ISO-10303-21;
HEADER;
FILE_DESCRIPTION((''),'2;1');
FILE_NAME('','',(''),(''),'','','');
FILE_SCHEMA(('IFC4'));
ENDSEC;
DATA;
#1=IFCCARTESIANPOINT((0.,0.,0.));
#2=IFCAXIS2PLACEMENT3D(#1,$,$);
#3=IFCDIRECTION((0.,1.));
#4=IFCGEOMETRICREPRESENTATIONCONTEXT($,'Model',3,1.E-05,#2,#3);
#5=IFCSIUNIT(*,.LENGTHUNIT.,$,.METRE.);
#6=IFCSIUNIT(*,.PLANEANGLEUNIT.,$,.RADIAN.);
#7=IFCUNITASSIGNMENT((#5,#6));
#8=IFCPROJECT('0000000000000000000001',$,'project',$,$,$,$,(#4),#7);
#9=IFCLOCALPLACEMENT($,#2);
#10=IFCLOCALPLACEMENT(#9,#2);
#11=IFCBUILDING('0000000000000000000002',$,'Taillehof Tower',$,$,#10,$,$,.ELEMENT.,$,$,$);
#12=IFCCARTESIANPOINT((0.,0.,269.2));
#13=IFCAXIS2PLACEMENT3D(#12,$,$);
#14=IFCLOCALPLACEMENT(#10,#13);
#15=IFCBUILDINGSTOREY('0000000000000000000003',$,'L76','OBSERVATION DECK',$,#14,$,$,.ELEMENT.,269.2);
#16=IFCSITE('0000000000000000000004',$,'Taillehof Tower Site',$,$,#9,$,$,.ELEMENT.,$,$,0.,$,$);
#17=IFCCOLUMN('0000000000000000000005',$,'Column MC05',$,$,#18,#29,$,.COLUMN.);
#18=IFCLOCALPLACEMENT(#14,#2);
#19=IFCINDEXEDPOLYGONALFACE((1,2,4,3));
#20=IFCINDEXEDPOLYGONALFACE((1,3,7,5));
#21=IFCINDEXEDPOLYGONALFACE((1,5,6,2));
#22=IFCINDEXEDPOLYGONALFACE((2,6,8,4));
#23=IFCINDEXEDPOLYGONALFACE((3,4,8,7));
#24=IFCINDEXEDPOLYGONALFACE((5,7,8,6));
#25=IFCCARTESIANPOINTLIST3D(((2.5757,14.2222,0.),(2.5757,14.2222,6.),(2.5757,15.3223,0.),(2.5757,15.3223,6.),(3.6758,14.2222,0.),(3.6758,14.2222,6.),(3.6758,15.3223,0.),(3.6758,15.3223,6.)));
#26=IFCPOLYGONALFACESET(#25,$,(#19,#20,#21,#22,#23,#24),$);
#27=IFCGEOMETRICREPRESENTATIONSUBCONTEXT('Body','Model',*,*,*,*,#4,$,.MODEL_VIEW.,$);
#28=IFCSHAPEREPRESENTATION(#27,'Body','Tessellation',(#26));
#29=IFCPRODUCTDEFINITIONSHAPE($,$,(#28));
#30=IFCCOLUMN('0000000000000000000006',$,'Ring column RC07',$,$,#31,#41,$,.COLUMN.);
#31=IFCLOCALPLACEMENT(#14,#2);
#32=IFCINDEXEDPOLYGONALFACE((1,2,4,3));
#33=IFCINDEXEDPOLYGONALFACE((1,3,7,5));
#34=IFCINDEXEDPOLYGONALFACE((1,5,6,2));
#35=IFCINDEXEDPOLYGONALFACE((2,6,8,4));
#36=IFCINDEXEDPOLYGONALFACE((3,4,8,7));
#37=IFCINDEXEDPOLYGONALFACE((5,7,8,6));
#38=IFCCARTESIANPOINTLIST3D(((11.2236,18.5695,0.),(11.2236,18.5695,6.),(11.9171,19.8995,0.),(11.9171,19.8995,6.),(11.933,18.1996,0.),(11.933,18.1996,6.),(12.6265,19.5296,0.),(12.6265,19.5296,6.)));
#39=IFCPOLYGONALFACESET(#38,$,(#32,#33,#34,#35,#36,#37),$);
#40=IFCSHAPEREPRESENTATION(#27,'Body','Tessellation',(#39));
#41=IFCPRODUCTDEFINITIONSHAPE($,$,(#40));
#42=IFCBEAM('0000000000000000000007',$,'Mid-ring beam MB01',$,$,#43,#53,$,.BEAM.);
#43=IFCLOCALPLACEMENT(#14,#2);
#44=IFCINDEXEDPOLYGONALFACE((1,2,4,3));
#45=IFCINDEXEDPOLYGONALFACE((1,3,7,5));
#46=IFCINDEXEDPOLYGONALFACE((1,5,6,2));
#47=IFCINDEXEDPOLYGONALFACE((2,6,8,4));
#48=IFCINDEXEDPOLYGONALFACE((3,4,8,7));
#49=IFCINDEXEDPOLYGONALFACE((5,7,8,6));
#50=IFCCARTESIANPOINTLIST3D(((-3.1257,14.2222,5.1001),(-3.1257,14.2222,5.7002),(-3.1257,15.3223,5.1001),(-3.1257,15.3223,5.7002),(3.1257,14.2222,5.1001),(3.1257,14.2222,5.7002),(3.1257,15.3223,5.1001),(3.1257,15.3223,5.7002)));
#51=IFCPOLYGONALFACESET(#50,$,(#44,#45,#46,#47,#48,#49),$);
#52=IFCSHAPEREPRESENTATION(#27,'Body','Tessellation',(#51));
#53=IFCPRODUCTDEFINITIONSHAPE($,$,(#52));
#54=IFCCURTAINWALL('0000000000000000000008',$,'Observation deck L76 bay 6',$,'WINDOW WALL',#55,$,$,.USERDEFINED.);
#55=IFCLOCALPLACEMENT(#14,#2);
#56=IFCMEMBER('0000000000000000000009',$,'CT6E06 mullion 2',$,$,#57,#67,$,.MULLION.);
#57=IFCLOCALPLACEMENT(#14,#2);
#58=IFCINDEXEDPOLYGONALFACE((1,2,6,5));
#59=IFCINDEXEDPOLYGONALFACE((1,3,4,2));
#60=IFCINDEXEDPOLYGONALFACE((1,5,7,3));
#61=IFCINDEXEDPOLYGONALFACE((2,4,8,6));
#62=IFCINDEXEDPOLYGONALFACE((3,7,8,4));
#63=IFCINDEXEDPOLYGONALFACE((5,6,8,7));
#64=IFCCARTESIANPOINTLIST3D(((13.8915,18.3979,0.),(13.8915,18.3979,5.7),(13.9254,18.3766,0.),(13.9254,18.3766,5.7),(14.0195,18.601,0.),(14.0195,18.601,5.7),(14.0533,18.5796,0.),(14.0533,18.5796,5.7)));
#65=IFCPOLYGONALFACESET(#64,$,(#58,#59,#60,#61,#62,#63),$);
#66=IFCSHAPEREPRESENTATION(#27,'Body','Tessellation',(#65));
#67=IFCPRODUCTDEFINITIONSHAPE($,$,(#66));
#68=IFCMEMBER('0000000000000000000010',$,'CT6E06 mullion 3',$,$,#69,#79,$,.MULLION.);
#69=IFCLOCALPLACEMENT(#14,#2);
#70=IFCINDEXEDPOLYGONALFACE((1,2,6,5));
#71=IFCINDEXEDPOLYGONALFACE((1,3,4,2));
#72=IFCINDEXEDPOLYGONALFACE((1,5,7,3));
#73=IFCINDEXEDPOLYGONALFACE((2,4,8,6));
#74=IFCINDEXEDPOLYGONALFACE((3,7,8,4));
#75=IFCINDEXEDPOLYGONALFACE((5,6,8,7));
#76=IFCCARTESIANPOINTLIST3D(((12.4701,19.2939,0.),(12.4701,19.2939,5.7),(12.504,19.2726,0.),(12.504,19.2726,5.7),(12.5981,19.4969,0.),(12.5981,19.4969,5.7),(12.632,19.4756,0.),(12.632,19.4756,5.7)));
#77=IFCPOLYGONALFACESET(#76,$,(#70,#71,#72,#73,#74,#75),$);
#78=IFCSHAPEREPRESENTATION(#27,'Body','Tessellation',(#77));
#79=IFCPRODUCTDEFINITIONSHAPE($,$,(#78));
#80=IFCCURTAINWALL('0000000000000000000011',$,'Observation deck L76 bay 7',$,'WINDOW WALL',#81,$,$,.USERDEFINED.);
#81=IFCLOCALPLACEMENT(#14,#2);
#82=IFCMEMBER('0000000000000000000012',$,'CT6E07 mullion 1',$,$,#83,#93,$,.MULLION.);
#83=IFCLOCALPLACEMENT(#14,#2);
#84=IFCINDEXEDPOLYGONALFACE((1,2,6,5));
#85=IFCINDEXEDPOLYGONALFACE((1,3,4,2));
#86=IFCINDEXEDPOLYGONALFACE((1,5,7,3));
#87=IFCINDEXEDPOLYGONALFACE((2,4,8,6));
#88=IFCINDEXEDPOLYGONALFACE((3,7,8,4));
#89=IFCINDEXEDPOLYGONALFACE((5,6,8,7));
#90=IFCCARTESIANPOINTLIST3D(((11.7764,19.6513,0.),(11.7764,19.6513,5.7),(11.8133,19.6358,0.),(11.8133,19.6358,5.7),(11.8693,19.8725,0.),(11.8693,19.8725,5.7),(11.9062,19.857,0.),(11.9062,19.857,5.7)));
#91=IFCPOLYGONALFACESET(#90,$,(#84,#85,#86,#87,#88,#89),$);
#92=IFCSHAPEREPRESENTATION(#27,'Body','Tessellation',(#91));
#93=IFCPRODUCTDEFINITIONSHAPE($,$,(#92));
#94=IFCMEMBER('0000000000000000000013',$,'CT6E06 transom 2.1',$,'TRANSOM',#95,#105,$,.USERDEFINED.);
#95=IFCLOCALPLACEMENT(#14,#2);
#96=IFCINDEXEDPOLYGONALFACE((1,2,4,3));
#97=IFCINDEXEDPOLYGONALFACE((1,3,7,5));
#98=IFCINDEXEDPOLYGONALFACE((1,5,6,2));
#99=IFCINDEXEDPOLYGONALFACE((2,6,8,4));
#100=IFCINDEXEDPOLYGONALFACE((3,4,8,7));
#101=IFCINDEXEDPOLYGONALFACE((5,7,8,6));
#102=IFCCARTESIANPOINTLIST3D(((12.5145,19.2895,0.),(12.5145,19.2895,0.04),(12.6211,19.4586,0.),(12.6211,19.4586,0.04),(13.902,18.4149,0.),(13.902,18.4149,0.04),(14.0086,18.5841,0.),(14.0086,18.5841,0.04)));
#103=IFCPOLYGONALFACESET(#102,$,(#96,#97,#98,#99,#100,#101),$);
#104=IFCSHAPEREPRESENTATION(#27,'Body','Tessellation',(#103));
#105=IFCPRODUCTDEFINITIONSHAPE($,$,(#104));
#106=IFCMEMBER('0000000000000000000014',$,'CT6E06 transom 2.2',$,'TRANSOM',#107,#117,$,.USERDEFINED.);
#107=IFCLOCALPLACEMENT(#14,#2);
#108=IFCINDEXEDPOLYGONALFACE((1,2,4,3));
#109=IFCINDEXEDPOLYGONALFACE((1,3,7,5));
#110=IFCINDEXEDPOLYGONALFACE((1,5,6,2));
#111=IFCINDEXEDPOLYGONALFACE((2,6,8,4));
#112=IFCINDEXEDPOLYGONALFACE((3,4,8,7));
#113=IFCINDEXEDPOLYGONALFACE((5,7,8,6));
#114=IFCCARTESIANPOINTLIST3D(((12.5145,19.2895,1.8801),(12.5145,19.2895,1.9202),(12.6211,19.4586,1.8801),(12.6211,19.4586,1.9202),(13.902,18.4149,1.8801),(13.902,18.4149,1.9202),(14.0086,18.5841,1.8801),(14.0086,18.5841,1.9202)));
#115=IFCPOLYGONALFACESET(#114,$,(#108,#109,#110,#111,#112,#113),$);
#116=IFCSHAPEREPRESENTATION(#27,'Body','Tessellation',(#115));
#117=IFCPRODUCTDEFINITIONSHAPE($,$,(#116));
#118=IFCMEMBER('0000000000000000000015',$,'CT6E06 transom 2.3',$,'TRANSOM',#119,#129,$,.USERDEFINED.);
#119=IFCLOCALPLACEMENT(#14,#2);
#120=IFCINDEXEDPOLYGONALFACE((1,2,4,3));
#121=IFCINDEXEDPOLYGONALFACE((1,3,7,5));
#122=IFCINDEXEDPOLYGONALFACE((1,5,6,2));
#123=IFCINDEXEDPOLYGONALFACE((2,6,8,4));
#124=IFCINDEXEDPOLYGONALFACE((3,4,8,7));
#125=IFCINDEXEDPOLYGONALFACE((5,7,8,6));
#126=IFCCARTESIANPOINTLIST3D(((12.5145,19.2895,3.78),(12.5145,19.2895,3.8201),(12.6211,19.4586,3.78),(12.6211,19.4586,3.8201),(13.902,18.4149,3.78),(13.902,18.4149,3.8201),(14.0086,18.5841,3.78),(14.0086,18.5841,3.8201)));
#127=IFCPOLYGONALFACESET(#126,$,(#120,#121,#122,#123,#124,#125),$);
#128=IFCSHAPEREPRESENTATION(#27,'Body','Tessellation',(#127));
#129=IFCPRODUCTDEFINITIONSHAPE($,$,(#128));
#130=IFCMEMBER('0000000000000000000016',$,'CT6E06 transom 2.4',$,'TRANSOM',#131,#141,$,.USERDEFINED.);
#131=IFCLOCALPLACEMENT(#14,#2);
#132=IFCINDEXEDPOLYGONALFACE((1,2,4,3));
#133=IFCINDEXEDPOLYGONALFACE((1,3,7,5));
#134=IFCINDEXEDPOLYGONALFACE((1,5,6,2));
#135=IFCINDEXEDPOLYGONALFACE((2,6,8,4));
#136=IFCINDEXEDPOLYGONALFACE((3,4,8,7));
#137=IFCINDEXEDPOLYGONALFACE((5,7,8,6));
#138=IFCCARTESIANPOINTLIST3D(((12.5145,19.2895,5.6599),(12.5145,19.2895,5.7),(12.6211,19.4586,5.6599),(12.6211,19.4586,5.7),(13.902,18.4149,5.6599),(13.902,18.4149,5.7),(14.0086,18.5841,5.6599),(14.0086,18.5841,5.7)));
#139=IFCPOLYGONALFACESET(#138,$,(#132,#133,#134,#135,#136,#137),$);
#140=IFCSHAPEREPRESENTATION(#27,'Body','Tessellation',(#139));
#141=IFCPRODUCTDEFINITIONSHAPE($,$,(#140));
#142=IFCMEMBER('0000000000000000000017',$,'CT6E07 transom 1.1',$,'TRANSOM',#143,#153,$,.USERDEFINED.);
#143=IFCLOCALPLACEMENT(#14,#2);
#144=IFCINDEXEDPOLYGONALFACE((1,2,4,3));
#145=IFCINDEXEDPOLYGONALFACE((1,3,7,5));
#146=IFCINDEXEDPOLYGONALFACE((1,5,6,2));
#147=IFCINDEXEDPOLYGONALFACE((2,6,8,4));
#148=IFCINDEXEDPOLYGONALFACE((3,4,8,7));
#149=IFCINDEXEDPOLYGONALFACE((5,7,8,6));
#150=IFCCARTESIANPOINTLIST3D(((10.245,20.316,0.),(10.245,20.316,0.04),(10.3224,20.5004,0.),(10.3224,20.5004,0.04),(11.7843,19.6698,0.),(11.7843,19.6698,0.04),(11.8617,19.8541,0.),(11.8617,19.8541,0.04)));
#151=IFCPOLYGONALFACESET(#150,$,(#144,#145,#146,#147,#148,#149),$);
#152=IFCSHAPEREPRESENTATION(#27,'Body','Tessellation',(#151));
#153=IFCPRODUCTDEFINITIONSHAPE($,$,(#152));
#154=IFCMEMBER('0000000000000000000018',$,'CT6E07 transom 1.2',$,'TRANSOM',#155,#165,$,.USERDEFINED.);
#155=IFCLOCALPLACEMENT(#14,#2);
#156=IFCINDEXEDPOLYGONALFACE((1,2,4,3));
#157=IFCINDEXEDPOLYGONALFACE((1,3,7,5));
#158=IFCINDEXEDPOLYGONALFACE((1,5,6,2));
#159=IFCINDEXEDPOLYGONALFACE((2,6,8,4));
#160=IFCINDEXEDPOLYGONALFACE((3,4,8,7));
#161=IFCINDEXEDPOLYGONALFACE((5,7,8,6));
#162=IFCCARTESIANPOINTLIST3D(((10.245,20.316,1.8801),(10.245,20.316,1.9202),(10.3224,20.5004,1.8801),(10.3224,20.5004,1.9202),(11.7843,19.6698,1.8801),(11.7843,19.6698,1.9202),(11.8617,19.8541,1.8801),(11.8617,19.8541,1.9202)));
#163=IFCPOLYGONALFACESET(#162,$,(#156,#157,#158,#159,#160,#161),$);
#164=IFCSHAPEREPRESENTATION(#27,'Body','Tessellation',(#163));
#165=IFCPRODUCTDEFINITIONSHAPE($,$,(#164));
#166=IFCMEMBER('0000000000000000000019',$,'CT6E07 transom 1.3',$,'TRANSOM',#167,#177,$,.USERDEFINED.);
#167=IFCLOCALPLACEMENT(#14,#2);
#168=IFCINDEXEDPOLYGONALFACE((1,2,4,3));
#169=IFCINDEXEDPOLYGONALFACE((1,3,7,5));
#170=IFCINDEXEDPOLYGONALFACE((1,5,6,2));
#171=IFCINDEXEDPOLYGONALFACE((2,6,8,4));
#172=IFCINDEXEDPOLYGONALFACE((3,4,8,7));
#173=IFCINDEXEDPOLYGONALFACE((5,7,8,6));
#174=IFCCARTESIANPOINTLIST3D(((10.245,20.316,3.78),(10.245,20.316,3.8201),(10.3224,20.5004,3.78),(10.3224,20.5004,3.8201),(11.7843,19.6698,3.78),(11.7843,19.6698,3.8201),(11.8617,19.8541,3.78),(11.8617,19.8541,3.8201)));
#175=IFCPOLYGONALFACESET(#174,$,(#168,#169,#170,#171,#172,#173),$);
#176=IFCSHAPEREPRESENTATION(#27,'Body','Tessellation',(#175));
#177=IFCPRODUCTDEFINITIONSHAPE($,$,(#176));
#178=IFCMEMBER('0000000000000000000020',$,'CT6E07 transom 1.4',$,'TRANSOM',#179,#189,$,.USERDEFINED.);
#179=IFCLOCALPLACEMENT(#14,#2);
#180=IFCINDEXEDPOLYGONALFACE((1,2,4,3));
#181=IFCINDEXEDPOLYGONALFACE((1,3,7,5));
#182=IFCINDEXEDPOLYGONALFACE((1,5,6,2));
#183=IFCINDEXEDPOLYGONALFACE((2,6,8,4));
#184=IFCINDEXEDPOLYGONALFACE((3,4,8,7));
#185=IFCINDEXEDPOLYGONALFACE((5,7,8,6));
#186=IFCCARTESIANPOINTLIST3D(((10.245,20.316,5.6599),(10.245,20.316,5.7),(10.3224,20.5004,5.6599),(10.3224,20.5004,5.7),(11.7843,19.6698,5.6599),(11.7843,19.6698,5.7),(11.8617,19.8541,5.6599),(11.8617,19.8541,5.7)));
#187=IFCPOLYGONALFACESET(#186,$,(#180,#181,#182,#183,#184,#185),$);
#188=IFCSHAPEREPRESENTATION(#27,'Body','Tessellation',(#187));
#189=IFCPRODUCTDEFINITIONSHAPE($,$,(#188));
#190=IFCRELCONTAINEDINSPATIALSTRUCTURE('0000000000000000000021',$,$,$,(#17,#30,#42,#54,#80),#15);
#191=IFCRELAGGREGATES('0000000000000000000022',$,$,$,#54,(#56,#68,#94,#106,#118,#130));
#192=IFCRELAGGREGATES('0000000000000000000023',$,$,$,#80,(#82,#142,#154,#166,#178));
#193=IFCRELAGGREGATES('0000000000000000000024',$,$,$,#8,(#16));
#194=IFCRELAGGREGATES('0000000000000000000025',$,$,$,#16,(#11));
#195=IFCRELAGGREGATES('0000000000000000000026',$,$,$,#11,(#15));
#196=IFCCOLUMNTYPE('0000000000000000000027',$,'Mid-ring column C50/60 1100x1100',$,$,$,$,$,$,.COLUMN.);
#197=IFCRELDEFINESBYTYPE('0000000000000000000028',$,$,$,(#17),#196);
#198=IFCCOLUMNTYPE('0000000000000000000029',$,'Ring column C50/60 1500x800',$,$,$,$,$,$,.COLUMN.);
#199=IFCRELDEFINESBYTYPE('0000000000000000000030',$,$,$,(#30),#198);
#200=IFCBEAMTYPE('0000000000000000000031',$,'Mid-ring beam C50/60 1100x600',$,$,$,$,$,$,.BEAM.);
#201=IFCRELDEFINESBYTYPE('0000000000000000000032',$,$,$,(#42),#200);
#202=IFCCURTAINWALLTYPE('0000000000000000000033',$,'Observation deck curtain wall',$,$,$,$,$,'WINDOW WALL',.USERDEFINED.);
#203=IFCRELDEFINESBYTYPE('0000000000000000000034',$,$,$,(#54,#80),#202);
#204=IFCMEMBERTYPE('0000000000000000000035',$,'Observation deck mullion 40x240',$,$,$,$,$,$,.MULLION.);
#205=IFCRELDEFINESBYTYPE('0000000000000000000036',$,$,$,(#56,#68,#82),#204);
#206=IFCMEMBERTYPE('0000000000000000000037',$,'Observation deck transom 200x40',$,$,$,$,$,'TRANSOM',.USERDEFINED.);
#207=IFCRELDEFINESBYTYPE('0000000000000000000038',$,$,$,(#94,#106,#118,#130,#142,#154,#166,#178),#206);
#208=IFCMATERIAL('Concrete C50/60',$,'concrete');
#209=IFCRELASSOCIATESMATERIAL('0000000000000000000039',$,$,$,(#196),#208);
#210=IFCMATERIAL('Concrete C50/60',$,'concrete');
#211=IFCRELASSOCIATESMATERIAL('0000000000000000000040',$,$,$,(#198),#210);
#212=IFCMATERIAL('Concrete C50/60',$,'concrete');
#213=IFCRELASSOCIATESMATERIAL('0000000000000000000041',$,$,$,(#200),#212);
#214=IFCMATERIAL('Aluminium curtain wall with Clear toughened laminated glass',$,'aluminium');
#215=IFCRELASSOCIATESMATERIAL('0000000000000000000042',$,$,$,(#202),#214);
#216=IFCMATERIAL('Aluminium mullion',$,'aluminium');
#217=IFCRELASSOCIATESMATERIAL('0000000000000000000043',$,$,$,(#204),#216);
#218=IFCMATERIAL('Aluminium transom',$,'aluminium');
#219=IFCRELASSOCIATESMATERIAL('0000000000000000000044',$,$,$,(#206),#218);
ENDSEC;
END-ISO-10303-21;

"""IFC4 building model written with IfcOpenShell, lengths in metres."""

from ifc_helpers import new_model, si_unit, direction, frame, origin, origin_2d, place, context, subcontext, project, spatial, rectangle, extrude, material, material_profile, profile_set, type_object, element, aggregate, save


model = new_model("IFC4")

# Units and contexts
model_context = context("Model", 3, precision=1e-05, world=origin(), true_north=direction((0.0, 1.0)))
body_context = subcontext(model_context, "Body", "Model", "MODEL_VIEW")
ifc_project = project(units=[si_unit("LENGTHUNIT", "METRE"), si_unit("PLANEANGLEUNIT", "RADIAN")], contexts=[model_context])

# Site, building, storey
site_placement = place(None, origin())
site = spatial("IfcSite", under=ifc_project, at=site_placement, Name="Taillehof Tower Site", CompositionType="ELEMENT", RefElevation=0.0)
building_placement = place(site_placement, origin())
building = spatial("IfcBuilding", under=site, at=building_placement, Name="Taillehof Tower", CompositionType="ELEMENT")
storey_placement = place(building_placement, frame((0.0, 0.0, 269.2)))
storey = spatial("IfcBuildingStorey", under=building, at=storey_placement, Name="L76", Description="OBSERVATION DECK", CompositionType="ELEMENT", Elevation=269.2)

# Columns
ifc_material_1 = material(Name="Concrete C50/60", Category="concrete")
ifc_material_profile_1 = material_profile(ifc_material_1, rectangle(XDim=1.1001, YDim=1.1001, at=origin_2d()), Name="RC 1100x1100")
ifc_profile_set_1 = profile_set([ifc_material_profile_1], Name="Concrete C50/60")
column_type_1 = type_object("IfcColumnType", Name="Mid-ring column C50/60 1100x1100", PredefinedType="COLUMN", material=ifc_profile_set_1)
column_1_placement = place(storey_placement, frame((3.1257, 14.7722, 0.0), z_axis=(0.0, 0.0, 1.0), x_axis=(1.0, 0.0, 0.0)))
element("IfcColumn", 1, at=column_1_placement, inside=storey, type_object=column_type_1, Name="Column MC05", PredefinedType="COLUMN", context=body_context, shape_type="SweptSolid", body=[
    extrude(rectangle(XDim=1.1001, YDim=1.1001, at=origin_2d()), origin(), (0.0, 0.0, 1.0), 6.0),
])
ifc_material_2 = material(Name="Concrete C50/60", Category="concrete")
ifc_material_profile_2 = material_profile(ifc_material_2, rectangle(XDim=1.5, YDim=0.8, at=origin_2d()), Name="RC 1500x800")
ifc_profile_set_2 = profile_set([ifc_material_profile_2], Name="Concrete C50/60")
column_type_2 = type_object("IfcColumnType", Name="Ring column C50/60 1500x800", PredefinedType="COLUMN", material=ifc_profile_set_2)
column_2_placement = place(storey_placement, frame((11.925, 19.0496, 0.0), z_axis=(0.0, 0.0, 1.0), x_axis=(0.462384, 0.88668, 0.0)))
element("IfcColumn", 2, at=column_2_placement, inside=storey, type_object=column_type_2, Name="Ring column RC07", PredefinedType="COLUMN", context=body_context, shape_type="SweptSolid", body=[
    extrude(rectangle(XDim=1.5, YDim=0.8, at=origin_2d()), origin(), (0.0, 0.0, 1.0), 6.0),
])

# Beam
ifc_material_3 = material(Name="Concrete C50/60", Category="concrete")
ifc_material_profile_3 = material_profile(ifc_material_3, rectangle(XDim=1.1001, YDim=0.6001, at=origin_2d()), Name="RC 1100x600")
ifc_profile_set_3 = profile_set([ifc_material_profile_3], Name="Concrete C50/60")
beam_type_1 = type_object("IfcBeamType", Name="Mid-ring beam C50/60 1100x600", PredefinedType="BEAM", material=ifc_profile_set_3)
beam_1_placement = place(storey_placement, frame((3.1257, 14.7722, 5.4001), z_axis=(-1.0, 0.0, 0.0), x_axis=(0.0, -1.0, 0.0)))
element("IfcBeam", 3, at=beam_1_placement, inside=storey, type_object=beam_type_1, Name="Mid-ring beam MB01", PredefinedType="BEAM", context=body_context, shape_type="SweptSolid", body=[
    extrude(rectangle(XDim=1.1001, YDim=0.6001, at=origin_2d()), origin(), (0.0, 0.0, 1.0), 6.2515),
])

# Curtain wall, members
ifc_material_4 = material(Name="Aluminium curtain wall with Clear toughened laminated glass", Category="aluminium")
curtain_wall_type = type_object("IfcCurtainWallType", Name="Observation deck curtain wall", ElementType="WINDOW WALL", PredefinedType="USERDEFINED", material=ifc_material_4)
curtain_wall_1_placement = place(storey_placement, origin())
curtain_wall_1 = element("IfcCurtainWall", 4, at=curtain_wall_1_placement, inside=storey, type_object=curtain_wall_type, Name="Observation deck L76 bay 6", ObjectType="WINDOW WALL", PredefinedType="USERDEFINED")
ifc_material_5 = material(Name="Aluminium mullion", Category="aluminium")
ifc_material_profile_4 = material_profile(ifc_material_5, rectangle(XDim=0.24, YDim=0.04, at=origin_2d()), Name="AL 40x240")
ifc_profile_set_4 = profile_set([ifc_material_profile_4], Name="Aluminium mullion")
member_type_1 = type_object("IfcMemberType", Name="Observation deck mullion 40x240", PredefinedType="MULLION", material=ifc_profile_set_4)
member_1_placement = place(storey_placement, frame((13.9724, 18.4888, 0.0), z_axis=(0.0, 0.0, 1.0), x_axis=(-0.533294, -0.84593, 0.0)))
member_1 = element("IfcMember", 5, at=member_1_placement, type_object=member_type_1, Name="CT6E06 mullion 2", PredefinedType="MULLION", context=body_context, shape_type="SweptSolid", body=[
    extrude(rectangle(XDim=0.24, YDim=0.04, at=origin_2d()), origin(), (0.0, 0.0, 1.0), 5.7),
])
member_2_placement = place(storey_placement, frame((12.551, 19.3848, 0.0), z_axis=(0.0, 0.0, 1.0), x_axis=(-0.533294, -0.84593, 0.0)))
member_2 = element("IfcMember", 6, at=member_2_placement, type_object=member_type_1, Name="CT6E06 mullion 3", PredefinedType="MULLION", context=body_context, shape_type="SweptSolid", body=[
    extrude(rectangle(XDim=0.24, YDim=0.04, at=origin_2d()), origin(), (0.0, 0.0, 1.0), 5.7),
])

# Curtain wall, member
curtain_wall_2_placement = place(storey_placement, origin())
curtain_wall_2 = element("IfcCurtainWall", 7, at=curtain_wall_2_placement, inside=storey, type_object=curtain_wall_type, Name="Observation deck L76 bay 7", ObjectType="WINDOW WALL", PredefinedType="USERDEFINED")
member_3_placement = place(storey_placement, frame((11.8413, 19.7542, 0.0), z_axis=(0.0, 0.0, 1.0), x_axis=(-0.387101, -0.922037, 0.0)))
member_3 = element("IfcMember", 8, at=member_3_placement, type_object=member_type_1, Name="CT6E07 mullion 1", PredefinedType="MULLION", context=body_context, shape_type="SweptSolid", body=[
    extrude(rectangle(XDim=0.24, YDim=0.04, at=origin_2d()), origin(), (0.0, 0.0, 1.0), 5.7),
])

# Members
ifc_material_6 = material(Name="Aluminium transom", Category="aluminium")
ifc_material_profile_5 = material_profile(ifc_material_6, rectangle(XDim=0.2, YDim=0.04, at=origin_2d()), Name="AL 200x40")
ifc_profile_set_5 = profile_set([ifc_material_profile_5], Name="Aluminium transom")
member_type_2 = type_object("IfcMemberType", Name="Observation deck transom 200x40", ElementType="TRANSOM", PredefinedType="USERDEFINED", material=ifc_profile_set_5)
member_4_placement = place(storey_placement, frame((13.9553, 18.4995, 0.02), z_axis=(-0.845977, 0.53322, 0.0), x_axis=(-0.53322, -0.845977, 0.0)))
member_4 = element("IfcMember", 9, at=member_4_placement, type_object=member_type_2, Name="CT6E06 transom 2.1", ObjectType="TRANSOM", PredefinedType="USERDEFINED", context=body_context, shape_type="SweptSolid", body=[
    extrude(rectangle(XDim=0.2, YDim=0.04, at=origin_2d()), origin(), (0.0, 0.0, 1.0), 1.6401),
])
member_5_placement = place(storey_placement, frame((13.9553, 18.4995, 1.9001), z_axis=(-0.845977, 0.53322, 0.0), x_axis=(-0.53322, -0.845977, 0.0)))
member_5 = element("IfcMember", 10, at=member_5_placement, type_object=member_type_2, Name="CT6E06 transom 2.2", ObjectType="TRANSOM", PredefinedType="USERDEFINED", context=body_context, shape_type="SweptSolid", body=[
    extrude(rectangle(XDim=0.2, YDim=0.04, at=origin_2d()), origin(), (0.0, 0.0, 1.0), 1.6401),
])
member_6_placement = place(storey_placement, frame((13.9553, 18.4995, 3.8), z_axis=(-0.845977, 0.53322, 0.0), x_axis=(-0.53322, -0.845977, 0.0)))
member_6 = element("IfcMember", 11, at=member_6_placement, type_object=member_type_2, Name="CT6E06 transom 2.3", ObjectType="TRANSOM", PredefinedType="USERDEFINED", context=body_context, shape_type="SweptSolid", body=[
    extrude(rectangle(XDim=0.2, YDim=0.04, at=origin_2d()), origin(), (0.0, 0.0, 1.0), 1.6401),
])
member_7_placement = place(storey_placement, frame((13.9553, 18.4995, 5.6799), z_axis=(-0.845977, 0.53322, 0.0), x_axis=(-0.53322, -0.845977, 0.0)))
member_7 = element("IfcMember", 12, at=member_7_placement, type_object=member_type_2, Name="CT6E06 transom 2.4", ObjectType="TRANSOM", PredefinedType="USERDEFINED", context=body_context, shape_type="SweptSolid", body=[
    extrude(rectangle(XDim=0.2, YDim=0.04, at=origin_2d()), origin(), (0.0, 0.0, 1.0), 1.6401),
])
member_8_placement = place(storey_placement, frame((11.823, 19.762, 0.02), z_axis=(-0.92204, 0.387096, 0.0), x_axis=(-0.387096, -0.92204, 0.0)))
member_8 = element("IfcMember", 13, at=member_8_placement, type_object=member_type_2, Name="CT6E07 transom 1.1", ObjectType="TRANSOM", PredefinedType="USERDEFINED", context=body_context, shape_type="SweptSolid", body=[
    extrude(rectangle(XDim=0.2, YDim=0.04, at=origin_2d()), origin(), (0.0, 0.0, 1.0), 1.6694),
])
member_9_placement = place(storey_placement, frame((11.823, 19.762, 1.9001), z_axis=(-0.92204, 0.387096, 0.0), x_axis=(-0.387096, -0.92204, 0.0)))
member_9 = element("IfcMember", 14, at=member_9_placement, type_object=member_type_2, Name="CT6E07 transom 1.2", ObjectType="TRANSOM", PredefinedType="USERDEFINED", context=body_context, shape_type="SweptSolid", body=[
    extrude(rectangle(XDim=0.2, YDim=0.04, at=origin_2d()), origin(), (0.0, 0.0, 1.0), 1.6694),
])
member_10_placement = place(storey_placement, frame((11.823, 19.762, 3.8), z_axis=(-0.92204, 0.387096, 0.0), x_axis=(-0.387096, -0.92204, 0.0)))
member_10 = element("IfcMember", 15, at=member_10_placement, type_object=member_type_2, Name="CT6E07 transom 1.3", ObjectType="TRANSOM", PredefinedType="USERDEFINED", context=body_context, shape_type="SweptSolid", body=[
    extrude(rectangle(XDim=0.2, YDim=0.04, at=origin_2d()), origin(), (0.0, 0.0, 1.0), 1.6694),
])
member_11_placement = place(storey_placement, frame((11.823, 19.762, 5.6799), z_axis=(-0.92204, 0.387096, 0.0), x_axis=(-0.387096, -0.92204, 0.0)))
member_11 = element("IfcMember", 16, at=member_11_placement, type_object=member_type_2, Name="CT6E07 transom 1.4", ObjectType="TRANSOM", PredefinedType="USERDEFINED", context=body_context, shape_type="SweptSolid", body=[
    extrude(rectangle(XDim=0.2, YDim=0.04, at=origin_2d()), origin(), (0.0, 0.0, 1.0), 1.6694),
])

aggregate(curtain_wall_1, [member_1, member_2, member_4, member_5, member_6, member_7])
aggregate(curtain_wall_2, [member_3, member_8, member_9, member_10, member_11])

save(model, "model.ifc")
